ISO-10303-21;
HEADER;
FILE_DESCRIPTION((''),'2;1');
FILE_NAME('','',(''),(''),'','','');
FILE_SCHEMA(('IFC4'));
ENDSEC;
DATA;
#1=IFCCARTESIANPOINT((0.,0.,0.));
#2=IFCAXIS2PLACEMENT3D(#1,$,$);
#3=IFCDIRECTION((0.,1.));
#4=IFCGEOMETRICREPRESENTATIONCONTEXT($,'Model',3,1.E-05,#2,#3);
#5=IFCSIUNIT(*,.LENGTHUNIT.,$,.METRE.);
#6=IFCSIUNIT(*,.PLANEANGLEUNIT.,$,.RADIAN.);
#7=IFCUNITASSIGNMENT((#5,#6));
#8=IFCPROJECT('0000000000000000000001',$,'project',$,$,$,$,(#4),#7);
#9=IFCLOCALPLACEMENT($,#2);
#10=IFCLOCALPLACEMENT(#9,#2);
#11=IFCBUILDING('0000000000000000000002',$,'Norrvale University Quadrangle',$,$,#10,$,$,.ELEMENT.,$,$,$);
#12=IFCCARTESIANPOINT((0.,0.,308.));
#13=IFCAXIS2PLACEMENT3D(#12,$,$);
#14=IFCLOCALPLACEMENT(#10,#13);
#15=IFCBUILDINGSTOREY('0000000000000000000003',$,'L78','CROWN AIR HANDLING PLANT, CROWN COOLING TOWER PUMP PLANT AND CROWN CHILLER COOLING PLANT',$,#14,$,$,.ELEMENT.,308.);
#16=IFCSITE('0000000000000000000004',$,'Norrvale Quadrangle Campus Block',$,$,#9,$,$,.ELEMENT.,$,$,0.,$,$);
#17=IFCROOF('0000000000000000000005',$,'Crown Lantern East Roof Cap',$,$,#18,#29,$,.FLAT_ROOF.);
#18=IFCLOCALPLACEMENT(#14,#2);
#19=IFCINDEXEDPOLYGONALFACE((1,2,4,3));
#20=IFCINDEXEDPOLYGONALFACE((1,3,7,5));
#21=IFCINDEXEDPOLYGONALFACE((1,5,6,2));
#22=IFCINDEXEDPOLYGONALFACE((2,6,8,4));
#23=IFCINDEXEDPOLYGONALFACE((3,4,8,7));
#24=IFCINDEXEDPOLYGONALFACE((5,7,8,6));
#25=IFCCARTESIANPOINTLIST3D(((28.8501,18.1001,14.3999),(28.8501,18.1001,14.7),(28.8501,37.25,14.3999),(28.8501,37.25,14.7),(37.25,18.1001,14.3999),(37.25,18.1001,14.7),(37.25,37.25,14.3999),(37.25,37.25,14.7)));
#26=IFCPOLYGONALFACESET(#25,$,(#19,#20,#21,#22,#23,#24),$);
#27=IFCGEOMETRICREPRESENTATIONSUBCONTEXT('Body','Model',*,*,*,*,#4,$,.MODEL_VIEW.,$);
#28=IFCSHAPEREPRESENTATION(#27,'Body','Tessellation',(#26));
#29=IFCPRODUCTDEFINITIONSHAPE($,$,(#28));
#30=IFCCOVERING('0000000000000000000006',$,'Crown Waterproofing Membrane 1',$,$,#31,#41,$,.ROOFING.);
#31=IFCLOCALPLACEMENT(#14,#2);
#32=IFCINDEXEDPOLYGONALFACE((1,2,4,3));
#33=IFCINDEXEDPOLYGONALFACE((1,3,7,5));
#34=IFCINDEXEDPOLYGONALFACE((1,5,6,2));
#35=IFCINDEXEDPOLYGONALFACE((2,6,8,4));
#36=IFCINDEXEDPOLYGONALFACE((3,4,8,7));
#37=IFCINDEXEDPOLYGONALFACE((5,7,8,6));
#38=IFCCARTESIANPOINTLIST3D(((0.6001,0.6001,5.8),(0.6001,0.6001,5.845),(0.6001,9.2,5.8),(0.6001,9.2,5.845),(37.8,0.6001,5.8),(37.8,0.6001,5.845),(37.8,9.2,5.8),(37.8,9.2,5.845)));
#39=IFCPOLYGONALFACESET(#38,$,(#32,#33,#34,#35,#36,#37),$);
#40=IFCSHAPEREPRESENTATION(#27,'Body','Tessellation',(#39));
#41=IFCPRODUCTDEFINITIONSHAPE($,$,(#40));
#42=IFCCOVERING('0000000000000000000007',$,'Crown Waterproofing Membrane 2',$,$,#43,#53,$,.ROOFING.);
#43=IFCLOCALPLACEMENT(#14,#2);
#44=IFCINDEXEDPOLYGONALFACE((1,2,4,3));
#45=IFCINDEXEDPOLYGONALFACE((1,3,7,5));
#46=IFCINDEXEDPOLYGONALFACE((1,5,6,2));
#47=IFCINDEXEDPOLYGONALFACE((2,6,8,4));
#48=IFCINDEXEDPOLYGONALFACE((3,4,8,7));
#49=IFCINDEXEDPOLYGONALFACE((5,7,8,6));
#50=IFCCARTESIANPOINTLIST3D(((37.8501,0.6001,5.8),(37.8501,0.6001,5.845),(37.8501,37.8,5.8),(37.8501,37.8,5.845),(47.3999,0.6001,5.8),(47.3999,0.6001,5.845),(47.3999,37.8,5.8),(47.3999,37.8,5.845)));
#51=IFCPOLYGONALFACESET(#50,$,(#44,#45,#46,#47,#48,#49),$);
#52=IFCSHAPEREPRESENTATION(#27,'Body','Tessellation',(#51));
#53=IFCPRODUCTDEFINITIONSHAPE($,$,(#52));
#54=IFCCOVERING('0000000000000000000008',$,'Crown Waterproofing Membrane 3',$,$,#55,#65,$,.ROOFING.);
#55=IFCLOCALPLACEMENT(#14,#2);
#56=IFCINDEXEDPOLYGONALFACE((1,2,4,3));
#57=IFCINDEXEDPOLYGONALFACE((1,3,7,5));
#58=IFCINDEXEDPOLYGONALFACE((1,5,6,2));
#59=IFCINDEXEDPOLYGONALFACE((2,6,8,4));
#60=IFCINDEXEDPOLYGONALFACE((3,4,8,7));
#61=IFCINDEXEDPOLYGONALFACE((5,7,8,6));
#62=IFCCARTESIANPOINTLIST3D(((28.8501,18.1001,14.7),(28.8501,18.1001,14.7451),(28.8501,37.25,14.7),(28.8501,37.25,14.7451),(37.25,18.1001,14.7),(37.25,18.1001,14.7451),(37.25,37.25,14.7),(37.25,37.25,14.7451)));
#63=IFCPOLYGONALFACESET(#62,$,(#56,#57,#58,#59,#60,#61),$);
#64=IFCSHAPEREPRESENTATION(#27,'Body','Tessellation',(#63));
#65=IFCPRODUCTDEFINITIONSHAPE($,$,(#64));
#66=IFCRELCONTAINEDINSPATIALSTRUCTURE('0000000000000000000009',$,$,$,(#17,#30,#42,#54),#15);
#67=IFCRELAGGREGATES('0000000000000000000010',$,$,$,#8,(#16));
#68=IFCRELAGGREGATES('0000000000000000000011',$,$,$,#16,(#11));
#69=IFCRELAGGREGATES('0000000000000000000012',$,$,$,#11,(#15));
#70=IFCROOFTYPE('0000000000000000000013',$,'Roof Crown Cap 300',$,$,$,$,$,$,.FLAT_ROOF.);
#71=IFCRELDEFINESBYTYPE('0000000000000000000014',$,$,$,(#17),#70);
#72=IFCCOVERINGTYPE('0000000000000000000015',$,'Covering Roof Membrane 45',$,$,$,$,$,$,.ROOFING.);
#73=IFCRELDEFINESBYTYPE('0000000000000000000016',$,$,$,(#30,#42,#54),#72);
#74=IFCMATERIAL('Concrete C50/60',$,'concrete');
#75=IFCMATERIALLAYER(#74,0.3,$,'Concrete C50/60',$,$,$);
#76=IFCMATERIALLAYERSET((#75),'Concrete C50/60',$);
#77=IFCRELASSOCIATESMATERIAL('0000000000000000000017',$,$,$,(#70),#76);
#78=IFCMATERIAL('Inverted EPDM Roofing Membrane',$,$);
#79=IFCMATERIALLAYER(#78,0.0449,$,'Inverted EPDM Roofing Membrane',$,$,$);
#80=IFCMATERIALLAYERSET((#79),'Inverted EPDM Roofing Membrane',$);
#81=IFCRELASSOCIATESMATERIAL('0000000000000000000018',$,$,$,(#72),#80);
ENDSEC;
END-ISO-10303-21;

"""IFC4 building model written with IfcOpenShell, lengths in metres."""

from ifc_helpers import new_model, si_unit, direction, frame, origin, place, context, subcontext, project, spatial, polyline, outline, extrude, material, layer, layer_set, type_object, element, save


model = new_model("IFC4")

# Units and contexts
model_context = context("Model", 3, precision=1e-05, world=origin(), true_north=direction((0.0, 1.0)))
body_context = subcontext(model_context, "Body", "Model", "MODEL_VIEW")
ifc_project = project(units=[si_unit("LENGTHUNIT", "METRE"), si_unit("PLANEANGLEUNIT", "RADIAN")], contexts=[model_context])

# Site, building, storey
site_placement = place(None, origin())
site = spatial("IfcSite", under=ifc_project, at=site_placement, Name="Norrvale Quadrangle Campus Block", CompositionType="ELEMENT", RefElevation=0.0)
building_placement = place(site_placement, origin())
building = spatial("IfcBuilding", under=site, at=building_placement, Name="Norrvale University Quadrangle", CompositionType="ELEMENT")
storey_placement = place(building_placement, frame((0.0, 0.0, 308.0)))
storey = spatial("IfcBuildingStorey", under=building, at=storey_placement, Name="L78", Description="CROWN AIR HANDLING PLANT, CROWN COOLING TOWER PUMP PLANT AND CROWN CHILLER COOLING PLANT", CompositionType="ELEMENT", Elevation=308.0)

# Shared definitions
ifc_material_1 = material(Name="Concrete C50/60", Category="concrete")

# Roof
ifc_layer_1 = layer(ifc_material_1, 0.3, Name="Concrete C50/60")
ifc_layer_set_1 = layer_set([ifc_layer_1], Name="Concrete C50/60")
roof_type = type_object("IfcRoofType", Name="Roof Crown Cap 300", PredefinedType="FLAT_ROOF", material=ifc_layer_set_1)
roof_1_placement = place(storey_placement, frame((0.0, 0.0, 14.3999)))
element("IfcRoof", 1, at=roof_1_placement, inside=storey, type_object=roof_type, Name="Crown Lantern East Roof Cap", PredefinedType="FLAT_ROOF", context=body_context, shape_type="SweptSolid", body=[
    extrude(outline(polyline([(28.8501, 18.1001), (37.25, 18.1001), (37.25, 37.25), (28.8501, 37.25), (28.8501, 18.1001)])), origin(), (0.0, 0.0, 1.0), 0.3),
])

# Coverings
ifc_material_2 = material(Name="Inverted EPDM Roofing Membrane")
ifc_layer_2 = layer(ifc_material_2, 0.0449, Name="Inverted EPDM Roofing Membrane")
ifc_layer_set_2 = layer_set([ifc_layer_2], Name="Inverted EPDM Roofing Membrane")
covering_type = type_object("IfcCoveringType", Name="Covering Roof Membrane 45", PredefinedType="ROOFING", material=ifc_layer_set_2)
covering_1_placement = place(storey_placement, frame((0.0, 0.0, 5.8)))
element("IfcCovering", 2, at=covering_1_placement, inside=storey, type_object=covering_type, Name="Crown Waterproofing Membrane 1", PredefinedType="ROOFING", context=body_context, shape_type="SweptSolid", body=[
    extrude(outline(polyline([(0.6001, 0.6001), (37.8, 0.6001), (37.8, 9.2), (0.6001, 9.2), (0.6001, 0.6001)])), origin(), (0.0, 0.0, 1.0), 0.0449),
])
covering_2_placement = place(storey_placement, frame((0.0, 0.0, 5.8)))
element("IfcCovering", 3, at=covering_2_placement, inside=storey, type_object=covering_type, Name="Crown Waterproofing Membrane 2", PredefinedType="ROOFING", context=body_context, shape_type="SweptSolid", body=[
    extrude(outline(polyline([(37.8501, 0.6001), (47.3999, 0.6001), (47.3999, 37.8), (37.8501, 37.8), (37.8501, 0.6001)])), origin(), (0.0, 0.0, 1.0), 0.0449),
])
covering_3_placement = place(storey_placement, frame((0.0, 0.0, 14.7)))
element("IfcCovering", 4, at=covering_3_placement, inside=storey, type_object=covering_type, Name="Crown Waterproofing Membrane 3", PredefinedType="ROOFING", context=body_context, shape_type="SweptSolid", body=[
    extrude(outline(polyline([(28.8501, 18.1001), (37.25, 18.1001), (37.25, 37.25), (28.8501, 37.25), (28.8501, 18.1001)])), origin(), (0.0, 0.0, 1.0), 0.0452),
])

save(model, "model.ifc")
